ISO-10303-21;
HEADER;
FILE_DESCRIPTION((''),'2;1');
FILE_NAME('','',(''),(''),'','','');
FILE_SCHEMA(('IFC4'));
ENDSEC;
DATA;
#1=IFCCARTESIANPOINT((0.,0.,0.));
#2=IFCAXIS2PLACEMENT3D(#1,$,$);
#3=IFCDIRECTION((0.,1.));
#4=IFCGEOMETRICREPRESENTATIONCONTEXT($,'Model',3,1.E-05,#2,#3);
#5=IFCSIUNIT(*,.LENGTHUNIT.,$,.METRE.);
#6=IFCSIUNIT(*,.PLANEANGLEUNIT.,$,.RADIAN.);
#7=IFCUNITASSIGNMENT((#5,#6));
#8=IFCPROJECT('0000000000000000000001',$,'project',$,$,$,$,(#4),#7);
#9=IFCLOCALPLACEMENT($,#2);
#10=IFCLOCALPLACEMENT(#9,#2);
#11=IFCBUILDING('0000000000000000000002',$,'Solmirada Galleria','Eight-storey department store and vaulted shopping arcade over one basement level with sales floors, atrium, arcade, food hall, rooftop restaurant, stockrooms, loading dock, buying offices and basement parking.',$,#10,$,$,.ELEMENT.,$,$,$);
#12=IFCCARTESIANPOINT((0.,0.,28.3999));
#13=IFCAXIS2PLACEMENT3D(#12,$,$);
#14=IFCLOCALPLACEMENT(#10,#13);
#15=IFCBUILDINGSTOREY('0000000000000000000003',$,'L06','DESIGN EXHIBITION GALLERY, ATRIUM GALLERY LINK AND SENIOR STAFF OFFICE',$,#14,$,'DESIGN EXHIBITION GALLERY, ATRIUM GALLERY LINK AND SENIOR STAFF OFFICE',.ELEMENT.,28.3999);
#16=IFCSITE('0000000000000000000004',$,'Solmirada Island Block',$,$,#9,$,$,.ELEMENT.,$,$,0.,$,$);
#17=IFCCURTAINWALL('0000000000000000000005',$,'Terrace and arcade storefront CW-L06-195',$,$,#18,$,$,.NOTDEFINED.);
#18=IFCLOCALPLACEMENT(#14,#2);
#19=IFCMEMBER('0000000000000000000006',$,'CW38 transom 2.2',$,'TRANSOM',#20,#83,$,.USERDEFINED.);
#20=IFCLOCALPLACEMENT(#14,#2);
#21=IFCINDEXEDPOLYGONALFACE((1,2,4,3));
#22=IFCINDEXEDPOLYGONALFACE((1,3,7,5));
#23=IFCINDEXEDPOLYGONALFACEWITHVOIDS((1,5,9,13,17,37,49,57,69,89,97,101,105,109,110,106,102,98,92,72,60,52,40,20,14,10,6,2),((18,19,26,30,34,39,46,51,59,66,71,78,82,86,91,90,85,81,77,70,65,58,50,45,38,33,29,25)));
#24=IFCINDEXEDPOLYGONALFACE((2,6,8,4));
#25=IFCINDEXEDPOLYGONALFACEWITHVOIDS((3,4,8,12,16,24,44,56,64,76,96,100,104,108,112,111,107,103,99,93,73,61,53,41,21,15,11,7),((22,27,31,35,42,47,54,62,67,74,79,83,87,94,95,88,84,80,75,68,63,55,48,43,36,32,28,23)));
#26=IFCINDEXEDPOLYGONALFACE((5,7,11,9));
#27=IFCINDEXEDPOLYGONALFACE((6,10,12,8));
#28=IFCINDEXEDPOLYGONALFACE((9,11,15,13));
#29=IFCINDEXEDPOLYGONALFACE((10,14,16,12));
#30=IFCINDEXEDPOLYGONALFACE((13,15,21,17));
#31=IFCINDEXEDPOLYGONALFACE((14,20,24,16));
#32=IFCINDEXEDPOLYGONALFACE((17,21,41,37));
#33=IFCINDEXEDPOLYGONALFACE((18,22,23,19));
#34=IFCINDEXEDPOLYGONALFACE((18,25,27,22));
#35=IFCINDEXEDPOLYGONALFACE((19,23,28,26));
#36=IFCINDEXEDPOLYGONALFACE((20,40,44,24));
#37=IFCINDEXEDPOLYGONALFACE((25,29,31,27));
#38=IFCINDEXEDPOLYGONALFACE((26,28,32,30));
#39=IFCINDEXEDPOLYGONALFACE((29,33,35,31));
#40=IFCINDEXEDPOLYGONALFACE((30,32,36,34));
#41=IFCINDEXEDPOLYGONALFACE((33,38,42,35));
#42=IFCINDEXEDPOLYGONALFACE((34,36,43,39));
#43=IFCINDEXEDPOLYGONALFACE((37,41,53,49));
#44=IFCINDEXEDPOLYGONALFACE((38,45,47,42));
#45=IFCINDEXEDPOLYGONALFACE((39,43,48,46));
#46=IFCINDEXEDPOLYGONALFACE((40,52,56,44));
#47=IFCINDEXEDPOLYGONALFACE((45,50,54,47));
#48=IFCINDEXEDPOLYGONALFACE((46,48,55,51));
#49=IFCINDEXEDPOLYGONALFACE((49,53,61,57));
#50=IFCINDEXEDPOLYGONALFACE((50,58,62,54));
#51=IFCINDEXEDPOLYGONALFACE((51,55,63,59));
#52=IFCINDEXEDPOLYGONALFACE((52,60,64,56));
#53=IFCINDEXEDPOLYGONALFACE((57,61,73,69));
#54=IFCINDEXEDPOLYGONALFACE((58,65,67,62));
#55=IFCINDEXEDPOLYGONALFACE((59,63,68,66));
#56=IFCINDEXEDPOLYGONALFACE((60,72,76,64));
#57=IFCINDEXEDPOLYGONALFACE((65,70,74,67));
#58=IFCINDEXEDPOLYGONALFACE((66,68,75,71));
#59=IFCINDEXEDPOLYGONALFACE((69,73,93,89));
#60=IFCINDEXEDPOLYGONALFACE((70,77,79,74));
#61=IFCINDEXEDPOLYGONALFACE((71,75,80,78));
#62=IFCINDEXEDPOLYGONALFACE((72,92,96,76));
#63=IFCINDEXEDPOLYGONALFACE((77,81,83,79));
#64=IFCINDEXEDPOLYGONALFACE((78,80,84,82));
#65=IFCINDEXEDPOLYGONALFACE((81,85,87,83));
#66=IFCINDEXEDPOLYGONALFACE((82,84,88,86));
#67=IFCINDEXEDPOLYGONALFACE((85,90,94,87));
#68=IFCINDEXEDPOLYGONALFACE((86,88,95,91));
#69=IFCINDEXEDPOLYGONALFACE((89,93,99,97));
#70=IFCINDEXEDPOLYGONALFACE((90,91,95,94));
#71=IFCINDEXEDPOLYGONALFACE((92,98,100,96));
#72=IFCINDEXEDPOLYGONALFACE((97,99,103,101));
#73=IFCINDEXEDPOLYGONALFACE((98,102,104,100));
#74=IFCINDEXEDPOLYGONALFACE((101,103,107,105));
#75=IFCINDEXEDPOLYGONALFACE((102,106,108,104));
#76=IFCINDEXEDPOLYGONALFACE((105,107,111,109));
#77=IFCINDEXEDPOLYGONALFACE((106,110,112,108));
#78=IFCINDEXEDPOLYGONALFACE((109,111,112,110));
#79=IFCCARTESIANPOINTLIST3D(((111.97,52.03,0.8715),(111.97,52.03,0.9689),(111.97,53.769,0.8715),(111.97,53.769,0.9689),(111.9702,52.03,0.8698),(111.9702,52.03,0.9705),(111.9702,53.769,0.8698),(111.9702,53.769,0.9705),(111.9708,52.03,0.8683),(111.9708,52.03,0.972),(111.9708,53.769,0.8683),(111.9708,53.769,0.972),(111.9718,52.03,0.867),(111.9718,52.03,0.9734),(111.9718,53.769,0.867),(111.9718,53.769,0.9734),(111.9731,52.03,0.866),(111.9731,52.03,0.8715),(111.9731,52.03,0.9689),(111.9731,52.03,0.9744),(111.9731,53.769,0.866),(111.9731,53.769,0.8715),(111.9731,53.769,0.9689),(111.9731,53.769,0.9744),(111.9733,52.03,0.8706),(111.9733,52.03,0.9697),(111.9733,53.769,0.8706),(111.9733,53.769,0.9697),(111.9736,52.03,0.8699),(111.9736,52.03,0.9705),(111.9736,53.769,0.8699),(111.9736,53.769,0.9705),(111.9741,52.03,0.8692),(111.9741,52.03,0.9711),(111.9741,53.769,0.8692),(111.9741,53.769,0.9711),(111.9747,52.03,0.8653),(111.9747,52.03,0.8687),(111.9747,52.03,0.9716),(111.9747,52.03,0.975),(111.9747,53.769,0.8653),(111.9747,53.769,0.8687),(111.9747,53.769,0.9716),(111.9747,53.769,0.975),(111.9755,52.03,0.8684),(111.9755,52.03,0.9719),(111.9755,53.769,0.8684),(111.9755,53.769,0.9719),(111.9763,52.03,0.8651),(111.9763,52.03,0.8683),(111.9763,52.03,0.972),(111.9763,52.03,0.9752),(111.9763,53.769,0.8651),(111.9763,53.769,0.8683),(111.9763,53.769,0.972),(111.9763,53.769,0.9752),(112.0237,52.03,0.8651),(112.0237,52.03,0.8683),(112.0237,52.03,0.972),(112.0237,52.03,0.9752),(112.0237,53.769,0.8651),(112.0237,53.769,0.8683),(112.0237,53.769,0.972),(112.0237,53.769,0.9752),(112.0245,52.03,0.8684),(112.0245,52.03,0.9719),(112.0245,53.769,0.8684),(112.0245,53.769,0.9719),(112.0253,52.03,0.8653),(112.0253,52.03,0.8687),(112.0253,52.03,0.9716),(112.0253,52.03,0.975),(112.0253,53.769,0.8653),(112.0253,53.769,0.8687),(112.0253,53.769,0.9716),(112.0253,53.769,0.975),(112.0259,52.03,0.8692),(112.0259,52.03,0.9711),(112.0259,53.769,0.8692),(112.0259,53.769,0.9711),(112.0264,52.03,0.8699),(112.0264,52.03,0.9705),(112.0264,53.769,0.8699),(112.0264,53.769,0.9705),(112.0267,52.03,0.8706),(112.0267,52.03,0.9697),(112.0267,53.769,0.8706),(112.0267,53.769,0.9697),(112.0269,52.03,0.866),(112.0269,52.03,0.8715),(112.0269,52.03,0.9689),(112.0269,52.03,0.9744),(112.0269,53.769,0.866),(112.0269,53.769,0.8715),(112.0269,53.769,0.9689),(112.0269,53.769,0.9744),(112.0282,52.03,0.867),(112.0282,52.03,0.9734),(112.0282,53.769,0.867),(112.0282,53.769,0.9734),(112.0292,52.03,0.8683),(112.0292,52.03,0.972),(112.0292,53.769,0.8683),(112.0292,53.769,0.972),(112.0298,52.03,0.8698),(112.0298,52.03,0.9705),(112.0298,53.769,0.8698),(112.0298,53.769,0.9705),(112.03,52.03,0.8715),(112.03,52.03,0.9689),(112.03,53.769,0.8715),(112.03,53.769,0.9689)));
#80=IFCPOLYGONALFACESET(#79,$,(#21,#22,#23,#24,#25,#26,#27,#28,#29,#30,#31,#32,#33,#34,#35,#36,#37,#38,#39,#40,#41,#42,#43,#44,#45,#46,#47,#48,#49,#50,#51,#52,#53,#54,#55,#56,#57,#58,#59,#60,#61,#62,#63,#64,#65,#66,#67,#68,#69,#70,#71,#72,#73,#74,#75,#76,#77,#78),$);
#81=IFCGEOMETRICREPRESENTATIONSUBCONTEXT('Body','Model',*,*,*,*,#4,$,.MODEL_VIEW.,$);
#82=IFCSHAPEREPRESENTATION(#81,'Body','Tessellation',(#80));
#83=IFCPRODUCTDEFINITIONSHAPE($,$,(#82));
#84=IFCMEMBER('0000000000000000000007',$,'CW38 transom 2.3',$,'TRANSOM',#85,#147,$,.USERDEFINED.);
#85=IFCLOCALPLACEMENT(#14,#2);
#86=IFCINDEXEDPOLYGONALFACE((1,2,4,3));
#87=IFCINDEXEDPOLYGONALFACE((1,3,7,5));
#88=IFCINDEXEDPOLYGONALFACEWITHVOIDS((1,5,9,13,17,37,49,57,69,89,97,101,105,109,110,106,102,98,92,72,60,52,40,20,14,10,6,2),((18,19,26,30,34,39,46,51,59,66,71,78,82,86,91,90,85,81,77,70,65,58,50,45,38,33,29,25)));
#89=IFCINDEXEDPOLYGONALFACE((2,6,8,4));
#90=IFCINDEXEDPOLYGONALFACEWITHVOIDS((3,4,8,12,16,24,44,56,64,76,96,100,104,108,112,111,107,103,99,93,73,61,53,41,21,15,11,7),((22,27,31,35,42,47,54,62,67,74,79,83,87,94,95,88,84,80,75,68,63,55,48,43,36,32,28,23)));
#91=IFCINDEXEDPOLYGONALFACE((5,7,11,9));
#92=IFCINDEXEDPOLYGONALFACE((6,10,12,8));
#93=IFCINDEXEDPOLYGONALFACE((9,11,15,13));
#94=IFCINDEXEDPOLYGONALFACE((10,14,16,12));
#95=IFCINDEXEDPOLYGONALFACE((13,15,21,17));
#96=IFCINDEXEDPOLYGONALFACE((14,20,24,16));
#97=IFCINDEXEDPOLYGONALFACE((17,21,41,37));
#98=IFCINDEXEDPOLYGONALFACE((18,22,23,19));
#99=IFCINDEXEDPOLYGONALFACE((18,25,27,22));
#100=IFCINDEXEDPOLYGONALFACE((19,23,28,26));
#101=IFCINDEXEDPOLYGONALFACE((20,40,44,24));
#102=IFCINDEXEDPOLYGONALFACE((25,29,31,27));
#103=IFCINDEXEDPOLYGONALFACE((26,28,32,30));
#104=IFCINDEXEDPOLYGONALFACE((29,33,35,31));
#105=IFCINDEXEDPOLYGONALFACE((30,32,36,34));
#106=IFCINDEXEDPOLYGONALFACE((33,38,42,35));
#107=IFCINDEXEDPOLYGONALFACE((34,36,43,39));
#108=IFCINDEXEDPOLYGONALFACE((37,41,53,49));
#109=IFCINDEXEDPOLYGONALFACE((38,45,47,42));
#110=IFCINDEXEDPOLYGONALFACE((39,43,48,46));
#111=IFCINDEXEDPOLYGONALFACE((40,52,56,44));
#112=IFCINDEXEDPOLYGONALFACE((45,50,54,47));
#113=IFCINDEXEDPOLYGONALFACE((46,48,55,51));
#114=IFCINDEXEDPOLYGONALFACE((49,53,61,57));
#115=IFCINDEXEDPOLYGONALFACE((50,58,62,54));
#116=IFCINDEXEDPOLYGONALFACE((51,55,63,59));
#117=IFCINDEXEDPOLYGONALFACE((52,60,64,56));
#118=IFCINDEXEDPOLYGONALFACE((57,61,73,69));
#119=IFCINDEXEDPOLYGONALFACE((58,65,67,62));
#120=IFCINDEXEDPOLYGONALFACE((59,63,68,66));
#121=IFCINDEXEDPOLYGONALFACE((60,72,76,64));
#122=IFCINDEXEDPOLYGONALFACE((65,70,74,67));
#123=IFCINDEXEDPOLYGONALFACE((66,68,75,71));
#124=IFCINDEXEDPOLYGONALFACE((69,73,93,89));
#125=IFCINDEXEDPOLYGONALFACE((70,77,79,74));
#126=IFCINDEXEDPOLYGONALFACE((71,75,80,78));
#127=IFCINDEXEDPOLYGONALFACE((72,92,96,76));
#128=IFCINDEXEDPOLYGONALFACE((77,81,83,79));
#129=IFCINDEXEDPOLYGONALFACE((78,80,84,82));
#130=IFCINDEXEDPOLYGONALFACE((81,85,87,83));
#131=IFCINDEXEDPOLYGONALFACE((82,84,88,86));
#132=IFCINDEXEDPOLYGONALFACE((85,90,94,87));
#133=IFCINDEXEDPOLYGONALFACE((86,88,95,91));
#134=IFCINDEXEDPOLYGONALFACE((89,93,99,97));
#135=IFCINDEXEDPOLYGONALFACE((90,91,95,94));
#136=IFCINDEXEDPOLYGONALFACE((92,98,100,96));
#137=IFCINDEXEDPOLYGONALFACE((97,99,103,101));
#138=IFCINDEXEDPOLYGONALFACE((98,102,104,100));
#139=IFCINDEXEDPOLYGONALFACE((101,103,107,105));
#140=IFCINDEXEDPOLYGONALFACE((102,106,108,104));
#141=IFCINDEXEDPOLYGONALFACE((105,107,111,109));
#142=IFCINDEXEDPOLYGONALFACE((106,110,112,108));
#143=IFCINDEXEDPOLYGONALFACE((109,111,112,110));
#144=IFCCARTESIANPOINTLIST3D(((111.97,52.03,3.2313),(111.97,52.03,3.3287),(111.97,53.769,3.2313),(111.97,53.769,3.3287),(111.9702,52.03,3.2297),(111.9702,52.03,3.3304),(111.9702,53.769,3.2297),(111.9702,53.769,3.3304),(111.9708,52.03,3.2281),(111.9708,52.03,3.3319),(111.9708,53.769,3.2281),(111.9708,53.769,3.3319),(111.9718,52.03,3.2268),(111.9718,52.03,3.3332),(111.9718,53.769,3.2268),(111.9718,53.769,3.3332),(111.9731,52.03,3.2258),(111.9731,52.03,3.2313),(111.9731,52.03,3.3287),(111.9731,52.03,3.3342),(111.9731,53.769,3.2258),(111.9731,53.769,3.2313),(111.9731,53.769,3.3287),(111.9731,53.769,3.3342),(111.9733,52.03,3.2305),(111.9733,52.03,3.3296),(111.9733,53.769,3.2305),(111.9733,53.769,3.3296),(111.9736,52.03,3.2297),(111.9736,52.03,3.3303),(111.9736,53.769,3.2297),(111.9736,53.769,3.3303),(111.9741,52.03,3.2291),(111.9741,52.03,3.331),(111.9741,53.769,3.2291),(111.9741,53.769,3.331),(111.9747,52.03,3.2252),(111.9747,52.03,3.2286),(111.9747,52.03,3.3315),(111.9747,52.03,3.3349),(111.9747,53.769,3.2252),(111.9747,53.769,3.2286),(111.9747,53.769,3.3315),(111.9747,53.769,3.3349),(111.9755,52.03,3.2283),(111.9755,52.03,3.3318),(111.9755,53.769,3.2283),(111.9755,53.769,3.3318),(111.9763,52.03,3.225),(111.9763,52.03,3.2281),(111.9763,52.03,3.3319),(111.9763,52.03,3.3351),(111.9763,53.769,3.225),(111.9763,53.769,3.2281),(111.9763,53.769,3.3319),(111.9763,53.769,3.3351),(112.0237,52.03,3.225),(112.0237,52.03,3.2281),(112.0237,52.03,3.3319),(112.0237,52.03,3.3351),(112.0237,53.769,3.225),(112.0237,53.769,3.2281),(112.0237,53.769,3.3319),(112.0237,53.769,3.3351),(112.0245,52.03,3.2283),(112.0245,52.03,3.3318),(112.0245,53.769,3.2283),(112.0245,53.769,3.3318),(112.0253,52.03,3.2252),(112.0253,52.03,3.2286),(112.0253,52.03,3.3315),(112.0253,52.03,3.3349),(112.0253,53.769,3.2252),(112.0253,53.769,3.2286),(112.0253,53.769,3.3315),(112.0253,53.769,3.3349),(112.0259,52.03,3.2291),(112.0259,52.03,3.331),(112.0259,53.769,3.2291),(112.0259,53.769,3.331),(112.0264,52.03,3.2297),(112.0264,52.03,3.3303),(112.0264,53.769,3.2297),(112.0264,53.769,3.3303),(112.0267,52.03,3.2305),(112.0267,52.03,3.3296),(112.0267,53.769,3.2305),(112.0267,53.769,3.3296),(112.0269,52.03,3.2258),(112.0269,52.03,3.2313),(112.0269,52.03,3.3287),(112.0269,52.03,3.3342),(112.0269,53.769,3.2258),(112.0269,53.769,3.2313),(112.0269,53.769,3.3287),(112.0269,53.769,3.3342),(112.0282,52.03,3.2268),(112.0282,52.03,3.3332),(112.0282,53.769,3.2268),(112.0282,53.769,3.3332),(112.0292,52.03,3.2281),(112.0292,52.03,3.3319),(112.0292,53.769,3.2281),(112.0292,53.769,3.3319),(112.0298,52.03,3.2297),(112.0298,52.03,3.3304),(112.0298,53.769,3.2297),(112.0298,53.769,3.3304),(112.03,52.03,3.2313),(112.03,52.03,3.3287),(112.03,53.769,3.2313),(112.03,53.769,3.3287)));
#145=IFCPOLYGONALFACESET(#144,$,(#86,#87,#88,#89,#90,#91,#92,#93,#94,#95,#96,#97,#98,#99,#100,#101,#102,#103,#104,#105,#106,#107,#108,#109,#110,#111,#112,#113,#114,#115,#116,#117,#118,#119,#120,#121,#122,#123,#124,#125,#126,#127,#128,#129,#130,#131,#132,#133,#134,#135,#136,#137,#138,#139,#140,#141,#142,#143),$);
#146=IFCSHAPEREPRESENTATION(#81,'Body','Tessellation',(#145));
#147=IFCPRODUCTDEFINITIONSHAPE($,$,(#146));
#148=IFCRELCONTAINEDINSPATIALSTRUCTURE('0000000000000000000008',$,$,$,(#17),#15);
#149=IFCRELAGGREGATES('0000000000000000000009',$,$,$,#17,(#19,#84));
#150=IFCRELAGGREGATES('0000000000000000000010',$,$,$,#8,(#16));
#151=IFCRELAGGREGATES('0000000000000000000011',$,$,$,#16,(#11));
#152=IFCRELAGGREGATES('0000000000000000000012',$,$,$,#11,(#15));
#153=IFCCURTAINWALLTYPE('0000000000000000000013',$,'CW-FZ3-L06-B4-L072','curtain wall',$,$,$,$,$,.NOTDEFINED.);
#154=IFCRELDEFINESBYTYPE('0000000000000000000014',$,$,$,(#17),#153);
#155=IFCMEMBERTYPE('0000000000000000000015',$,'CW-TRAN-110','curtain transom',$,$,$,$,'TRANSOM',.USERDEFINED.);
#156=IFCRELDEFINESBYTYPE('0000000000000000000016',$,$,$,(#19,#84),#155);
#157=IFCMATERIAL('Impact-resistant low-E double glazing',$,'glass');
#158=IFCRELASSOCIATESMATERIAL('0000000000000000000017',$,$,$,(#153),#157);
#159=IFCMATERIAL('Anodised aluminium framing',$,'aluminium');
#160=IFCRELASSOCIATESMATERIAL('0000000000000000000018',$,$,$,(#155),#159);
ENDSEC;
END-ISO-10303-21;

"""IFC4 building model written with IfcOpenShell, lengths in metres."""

from ifc_helpers import new_model, si_unit, direction, frame, origin, origin_2d, place, context, subcontext, project, spatial, hollow_rectangle, extrude, material, material_profile, profile_set, type_object, element, aggregate, save


model = new_model("IFC4")

# Units and contexts
model_context = context("Model", 3, precision=1e-05, world=origin(), true_north=direction((0.0, 1.0)))
body_context = subcontext(model_context, "Body", "Model", "MODEL_VIEW")
ifc_project = project(units=[si_unit("LENGTHUNIT", "METRE"), si_unit("PLANEANGLEUNIT", "RADIAN")], contexts=[model_context])

# Site, building, storey
site_placement = place(None, origin())
site = spatial("IfcSite", under=ifc_project, at=site_placement, Name="Solmirada Island Block", CompositionType="ELEMENT", RefElevation=0.0)
building_placement = place(site_placement, origin())
building = spatial("IfcBuilding", under=site, at=building_placement, Name="Solmirada Galleria", Description="Eight-storey department store and vaulted shopping arcade over one basement level with sales floors, atrium, arcade, food hall, rooftop restaurant, stockrooms, loading dock, buying offices and basement parking.", CompositionType="ELEMENT")
storey_placement = place(building_placement, frame((0.0, 0.0, 28.3999)))
storey = spatial("IfcBuildingStorey", under=building, at=storey_placement, Name="L06", Description="DESIGN EXHIBITION GALLERY, ATRIUM GALLERY LINK AND SENIOR STAFF OFFICE", LongName="DESIGN EXHIBITION GALLERY, ATRIUM GALLERY LINK AND SENIOR STAFF OFFICE", CompositionType="ELEMENT", Elevation=28.3999)

# Curtain wall
ifc_material_1 = material(Name="Impact-resistant low-E double glazing", Category="glass")
curtain_wall_type = type_object("IfcCurtainWallType", Name="CW-FZ3-L06-B4-L072", Description="curtain wall", PredefinedType="NOTDEFINED", material=ifc_material_1)
curtain_wall_1_placement = place(storey_placement, origin())
curtain_wall_1 = element("IfcCurtainWall", 1, at=curtain_wall_1_placement, inside=storey, type_object=curtain_wall_type, Name="Terrace and arcade storefront CW-L06-195", PredefinedType="NOTDEFINED")
ifc_material_2 = material(Name="Anodised aluminium framing", Category="aluminium")

# Members
ifc_material_profile_1 = material_profile(ifc_material_2, hollow_rectangle(XDim=0.0601, YDim=0.1101, WallThickness=0.0032, InnerFilletRadius=0.0032, OuterFilletRadius=0.0063, at=origin_2d()), Name="ALU-TRAN-110X60")
ifc_profile_set_1 = profile_set([ifc_material_profile_1], Name="Anodised aluminium framing")
member_type_1 = type_object("IfcMemberType", Name="CW-TRAN-110", Description="curtain transom", ElementType="TRANSOM", PredefinedType="USERDEFINED", material=ifc_profile_set_1)
member_1_placement = place(storey_placement, frame((112.0, 53.769, 0.9202), z_axis=(0.0, -1.0, 0.0), x_axis=(1.0, 0.0, 0.0)))
member_1 = element("IfcMember", 2, at=member_1_placement, type_object=member_type_1, Name="CW38 transom 2.2", ObjectType="TRANSOM", PredefinedType="USERDEFINED", context=body_context, shape_type="SweptSolid", body=[
    extrude(hollow_rectangle(XDim=0.0601, YDim=0.1101, WallThickness=0.0032, InnerFilletRadius=0.0032, OuterFilletRadius=0.0063, at=origin_2d()), origin(), (0.0, 0.0, 1.0), 1.739),
])
member_2_placement = place(storey_placement, frame((112.0, 53.769, 3.28), z_axis=(0.0, -1.0, 0.0), x_axis=(1.0, 0.0, 0.0)))
member_2 = element("IfcMember", 3, at=member_2_placement, type_object=member_type_1, Name="CW38 transom 2.3", ObjectType="TRANSOM", PredefinedType="USERDEFINED", context=body_context, shape_type="SweptSolid", body=[
    extrude(hollow_rectangle(XDim=0.0601, YDim=0.1101, WallThickness=0.0032, InnerFilletRadius=0.0032, OuterFilletRadius=0.0063, at=origin_2d()), origin(), (0.0, 0.0, 1.0), 1.739),
])

aggregate(curtain_wall_1, [member_1, member_2])

save(model, "model.ifc")
